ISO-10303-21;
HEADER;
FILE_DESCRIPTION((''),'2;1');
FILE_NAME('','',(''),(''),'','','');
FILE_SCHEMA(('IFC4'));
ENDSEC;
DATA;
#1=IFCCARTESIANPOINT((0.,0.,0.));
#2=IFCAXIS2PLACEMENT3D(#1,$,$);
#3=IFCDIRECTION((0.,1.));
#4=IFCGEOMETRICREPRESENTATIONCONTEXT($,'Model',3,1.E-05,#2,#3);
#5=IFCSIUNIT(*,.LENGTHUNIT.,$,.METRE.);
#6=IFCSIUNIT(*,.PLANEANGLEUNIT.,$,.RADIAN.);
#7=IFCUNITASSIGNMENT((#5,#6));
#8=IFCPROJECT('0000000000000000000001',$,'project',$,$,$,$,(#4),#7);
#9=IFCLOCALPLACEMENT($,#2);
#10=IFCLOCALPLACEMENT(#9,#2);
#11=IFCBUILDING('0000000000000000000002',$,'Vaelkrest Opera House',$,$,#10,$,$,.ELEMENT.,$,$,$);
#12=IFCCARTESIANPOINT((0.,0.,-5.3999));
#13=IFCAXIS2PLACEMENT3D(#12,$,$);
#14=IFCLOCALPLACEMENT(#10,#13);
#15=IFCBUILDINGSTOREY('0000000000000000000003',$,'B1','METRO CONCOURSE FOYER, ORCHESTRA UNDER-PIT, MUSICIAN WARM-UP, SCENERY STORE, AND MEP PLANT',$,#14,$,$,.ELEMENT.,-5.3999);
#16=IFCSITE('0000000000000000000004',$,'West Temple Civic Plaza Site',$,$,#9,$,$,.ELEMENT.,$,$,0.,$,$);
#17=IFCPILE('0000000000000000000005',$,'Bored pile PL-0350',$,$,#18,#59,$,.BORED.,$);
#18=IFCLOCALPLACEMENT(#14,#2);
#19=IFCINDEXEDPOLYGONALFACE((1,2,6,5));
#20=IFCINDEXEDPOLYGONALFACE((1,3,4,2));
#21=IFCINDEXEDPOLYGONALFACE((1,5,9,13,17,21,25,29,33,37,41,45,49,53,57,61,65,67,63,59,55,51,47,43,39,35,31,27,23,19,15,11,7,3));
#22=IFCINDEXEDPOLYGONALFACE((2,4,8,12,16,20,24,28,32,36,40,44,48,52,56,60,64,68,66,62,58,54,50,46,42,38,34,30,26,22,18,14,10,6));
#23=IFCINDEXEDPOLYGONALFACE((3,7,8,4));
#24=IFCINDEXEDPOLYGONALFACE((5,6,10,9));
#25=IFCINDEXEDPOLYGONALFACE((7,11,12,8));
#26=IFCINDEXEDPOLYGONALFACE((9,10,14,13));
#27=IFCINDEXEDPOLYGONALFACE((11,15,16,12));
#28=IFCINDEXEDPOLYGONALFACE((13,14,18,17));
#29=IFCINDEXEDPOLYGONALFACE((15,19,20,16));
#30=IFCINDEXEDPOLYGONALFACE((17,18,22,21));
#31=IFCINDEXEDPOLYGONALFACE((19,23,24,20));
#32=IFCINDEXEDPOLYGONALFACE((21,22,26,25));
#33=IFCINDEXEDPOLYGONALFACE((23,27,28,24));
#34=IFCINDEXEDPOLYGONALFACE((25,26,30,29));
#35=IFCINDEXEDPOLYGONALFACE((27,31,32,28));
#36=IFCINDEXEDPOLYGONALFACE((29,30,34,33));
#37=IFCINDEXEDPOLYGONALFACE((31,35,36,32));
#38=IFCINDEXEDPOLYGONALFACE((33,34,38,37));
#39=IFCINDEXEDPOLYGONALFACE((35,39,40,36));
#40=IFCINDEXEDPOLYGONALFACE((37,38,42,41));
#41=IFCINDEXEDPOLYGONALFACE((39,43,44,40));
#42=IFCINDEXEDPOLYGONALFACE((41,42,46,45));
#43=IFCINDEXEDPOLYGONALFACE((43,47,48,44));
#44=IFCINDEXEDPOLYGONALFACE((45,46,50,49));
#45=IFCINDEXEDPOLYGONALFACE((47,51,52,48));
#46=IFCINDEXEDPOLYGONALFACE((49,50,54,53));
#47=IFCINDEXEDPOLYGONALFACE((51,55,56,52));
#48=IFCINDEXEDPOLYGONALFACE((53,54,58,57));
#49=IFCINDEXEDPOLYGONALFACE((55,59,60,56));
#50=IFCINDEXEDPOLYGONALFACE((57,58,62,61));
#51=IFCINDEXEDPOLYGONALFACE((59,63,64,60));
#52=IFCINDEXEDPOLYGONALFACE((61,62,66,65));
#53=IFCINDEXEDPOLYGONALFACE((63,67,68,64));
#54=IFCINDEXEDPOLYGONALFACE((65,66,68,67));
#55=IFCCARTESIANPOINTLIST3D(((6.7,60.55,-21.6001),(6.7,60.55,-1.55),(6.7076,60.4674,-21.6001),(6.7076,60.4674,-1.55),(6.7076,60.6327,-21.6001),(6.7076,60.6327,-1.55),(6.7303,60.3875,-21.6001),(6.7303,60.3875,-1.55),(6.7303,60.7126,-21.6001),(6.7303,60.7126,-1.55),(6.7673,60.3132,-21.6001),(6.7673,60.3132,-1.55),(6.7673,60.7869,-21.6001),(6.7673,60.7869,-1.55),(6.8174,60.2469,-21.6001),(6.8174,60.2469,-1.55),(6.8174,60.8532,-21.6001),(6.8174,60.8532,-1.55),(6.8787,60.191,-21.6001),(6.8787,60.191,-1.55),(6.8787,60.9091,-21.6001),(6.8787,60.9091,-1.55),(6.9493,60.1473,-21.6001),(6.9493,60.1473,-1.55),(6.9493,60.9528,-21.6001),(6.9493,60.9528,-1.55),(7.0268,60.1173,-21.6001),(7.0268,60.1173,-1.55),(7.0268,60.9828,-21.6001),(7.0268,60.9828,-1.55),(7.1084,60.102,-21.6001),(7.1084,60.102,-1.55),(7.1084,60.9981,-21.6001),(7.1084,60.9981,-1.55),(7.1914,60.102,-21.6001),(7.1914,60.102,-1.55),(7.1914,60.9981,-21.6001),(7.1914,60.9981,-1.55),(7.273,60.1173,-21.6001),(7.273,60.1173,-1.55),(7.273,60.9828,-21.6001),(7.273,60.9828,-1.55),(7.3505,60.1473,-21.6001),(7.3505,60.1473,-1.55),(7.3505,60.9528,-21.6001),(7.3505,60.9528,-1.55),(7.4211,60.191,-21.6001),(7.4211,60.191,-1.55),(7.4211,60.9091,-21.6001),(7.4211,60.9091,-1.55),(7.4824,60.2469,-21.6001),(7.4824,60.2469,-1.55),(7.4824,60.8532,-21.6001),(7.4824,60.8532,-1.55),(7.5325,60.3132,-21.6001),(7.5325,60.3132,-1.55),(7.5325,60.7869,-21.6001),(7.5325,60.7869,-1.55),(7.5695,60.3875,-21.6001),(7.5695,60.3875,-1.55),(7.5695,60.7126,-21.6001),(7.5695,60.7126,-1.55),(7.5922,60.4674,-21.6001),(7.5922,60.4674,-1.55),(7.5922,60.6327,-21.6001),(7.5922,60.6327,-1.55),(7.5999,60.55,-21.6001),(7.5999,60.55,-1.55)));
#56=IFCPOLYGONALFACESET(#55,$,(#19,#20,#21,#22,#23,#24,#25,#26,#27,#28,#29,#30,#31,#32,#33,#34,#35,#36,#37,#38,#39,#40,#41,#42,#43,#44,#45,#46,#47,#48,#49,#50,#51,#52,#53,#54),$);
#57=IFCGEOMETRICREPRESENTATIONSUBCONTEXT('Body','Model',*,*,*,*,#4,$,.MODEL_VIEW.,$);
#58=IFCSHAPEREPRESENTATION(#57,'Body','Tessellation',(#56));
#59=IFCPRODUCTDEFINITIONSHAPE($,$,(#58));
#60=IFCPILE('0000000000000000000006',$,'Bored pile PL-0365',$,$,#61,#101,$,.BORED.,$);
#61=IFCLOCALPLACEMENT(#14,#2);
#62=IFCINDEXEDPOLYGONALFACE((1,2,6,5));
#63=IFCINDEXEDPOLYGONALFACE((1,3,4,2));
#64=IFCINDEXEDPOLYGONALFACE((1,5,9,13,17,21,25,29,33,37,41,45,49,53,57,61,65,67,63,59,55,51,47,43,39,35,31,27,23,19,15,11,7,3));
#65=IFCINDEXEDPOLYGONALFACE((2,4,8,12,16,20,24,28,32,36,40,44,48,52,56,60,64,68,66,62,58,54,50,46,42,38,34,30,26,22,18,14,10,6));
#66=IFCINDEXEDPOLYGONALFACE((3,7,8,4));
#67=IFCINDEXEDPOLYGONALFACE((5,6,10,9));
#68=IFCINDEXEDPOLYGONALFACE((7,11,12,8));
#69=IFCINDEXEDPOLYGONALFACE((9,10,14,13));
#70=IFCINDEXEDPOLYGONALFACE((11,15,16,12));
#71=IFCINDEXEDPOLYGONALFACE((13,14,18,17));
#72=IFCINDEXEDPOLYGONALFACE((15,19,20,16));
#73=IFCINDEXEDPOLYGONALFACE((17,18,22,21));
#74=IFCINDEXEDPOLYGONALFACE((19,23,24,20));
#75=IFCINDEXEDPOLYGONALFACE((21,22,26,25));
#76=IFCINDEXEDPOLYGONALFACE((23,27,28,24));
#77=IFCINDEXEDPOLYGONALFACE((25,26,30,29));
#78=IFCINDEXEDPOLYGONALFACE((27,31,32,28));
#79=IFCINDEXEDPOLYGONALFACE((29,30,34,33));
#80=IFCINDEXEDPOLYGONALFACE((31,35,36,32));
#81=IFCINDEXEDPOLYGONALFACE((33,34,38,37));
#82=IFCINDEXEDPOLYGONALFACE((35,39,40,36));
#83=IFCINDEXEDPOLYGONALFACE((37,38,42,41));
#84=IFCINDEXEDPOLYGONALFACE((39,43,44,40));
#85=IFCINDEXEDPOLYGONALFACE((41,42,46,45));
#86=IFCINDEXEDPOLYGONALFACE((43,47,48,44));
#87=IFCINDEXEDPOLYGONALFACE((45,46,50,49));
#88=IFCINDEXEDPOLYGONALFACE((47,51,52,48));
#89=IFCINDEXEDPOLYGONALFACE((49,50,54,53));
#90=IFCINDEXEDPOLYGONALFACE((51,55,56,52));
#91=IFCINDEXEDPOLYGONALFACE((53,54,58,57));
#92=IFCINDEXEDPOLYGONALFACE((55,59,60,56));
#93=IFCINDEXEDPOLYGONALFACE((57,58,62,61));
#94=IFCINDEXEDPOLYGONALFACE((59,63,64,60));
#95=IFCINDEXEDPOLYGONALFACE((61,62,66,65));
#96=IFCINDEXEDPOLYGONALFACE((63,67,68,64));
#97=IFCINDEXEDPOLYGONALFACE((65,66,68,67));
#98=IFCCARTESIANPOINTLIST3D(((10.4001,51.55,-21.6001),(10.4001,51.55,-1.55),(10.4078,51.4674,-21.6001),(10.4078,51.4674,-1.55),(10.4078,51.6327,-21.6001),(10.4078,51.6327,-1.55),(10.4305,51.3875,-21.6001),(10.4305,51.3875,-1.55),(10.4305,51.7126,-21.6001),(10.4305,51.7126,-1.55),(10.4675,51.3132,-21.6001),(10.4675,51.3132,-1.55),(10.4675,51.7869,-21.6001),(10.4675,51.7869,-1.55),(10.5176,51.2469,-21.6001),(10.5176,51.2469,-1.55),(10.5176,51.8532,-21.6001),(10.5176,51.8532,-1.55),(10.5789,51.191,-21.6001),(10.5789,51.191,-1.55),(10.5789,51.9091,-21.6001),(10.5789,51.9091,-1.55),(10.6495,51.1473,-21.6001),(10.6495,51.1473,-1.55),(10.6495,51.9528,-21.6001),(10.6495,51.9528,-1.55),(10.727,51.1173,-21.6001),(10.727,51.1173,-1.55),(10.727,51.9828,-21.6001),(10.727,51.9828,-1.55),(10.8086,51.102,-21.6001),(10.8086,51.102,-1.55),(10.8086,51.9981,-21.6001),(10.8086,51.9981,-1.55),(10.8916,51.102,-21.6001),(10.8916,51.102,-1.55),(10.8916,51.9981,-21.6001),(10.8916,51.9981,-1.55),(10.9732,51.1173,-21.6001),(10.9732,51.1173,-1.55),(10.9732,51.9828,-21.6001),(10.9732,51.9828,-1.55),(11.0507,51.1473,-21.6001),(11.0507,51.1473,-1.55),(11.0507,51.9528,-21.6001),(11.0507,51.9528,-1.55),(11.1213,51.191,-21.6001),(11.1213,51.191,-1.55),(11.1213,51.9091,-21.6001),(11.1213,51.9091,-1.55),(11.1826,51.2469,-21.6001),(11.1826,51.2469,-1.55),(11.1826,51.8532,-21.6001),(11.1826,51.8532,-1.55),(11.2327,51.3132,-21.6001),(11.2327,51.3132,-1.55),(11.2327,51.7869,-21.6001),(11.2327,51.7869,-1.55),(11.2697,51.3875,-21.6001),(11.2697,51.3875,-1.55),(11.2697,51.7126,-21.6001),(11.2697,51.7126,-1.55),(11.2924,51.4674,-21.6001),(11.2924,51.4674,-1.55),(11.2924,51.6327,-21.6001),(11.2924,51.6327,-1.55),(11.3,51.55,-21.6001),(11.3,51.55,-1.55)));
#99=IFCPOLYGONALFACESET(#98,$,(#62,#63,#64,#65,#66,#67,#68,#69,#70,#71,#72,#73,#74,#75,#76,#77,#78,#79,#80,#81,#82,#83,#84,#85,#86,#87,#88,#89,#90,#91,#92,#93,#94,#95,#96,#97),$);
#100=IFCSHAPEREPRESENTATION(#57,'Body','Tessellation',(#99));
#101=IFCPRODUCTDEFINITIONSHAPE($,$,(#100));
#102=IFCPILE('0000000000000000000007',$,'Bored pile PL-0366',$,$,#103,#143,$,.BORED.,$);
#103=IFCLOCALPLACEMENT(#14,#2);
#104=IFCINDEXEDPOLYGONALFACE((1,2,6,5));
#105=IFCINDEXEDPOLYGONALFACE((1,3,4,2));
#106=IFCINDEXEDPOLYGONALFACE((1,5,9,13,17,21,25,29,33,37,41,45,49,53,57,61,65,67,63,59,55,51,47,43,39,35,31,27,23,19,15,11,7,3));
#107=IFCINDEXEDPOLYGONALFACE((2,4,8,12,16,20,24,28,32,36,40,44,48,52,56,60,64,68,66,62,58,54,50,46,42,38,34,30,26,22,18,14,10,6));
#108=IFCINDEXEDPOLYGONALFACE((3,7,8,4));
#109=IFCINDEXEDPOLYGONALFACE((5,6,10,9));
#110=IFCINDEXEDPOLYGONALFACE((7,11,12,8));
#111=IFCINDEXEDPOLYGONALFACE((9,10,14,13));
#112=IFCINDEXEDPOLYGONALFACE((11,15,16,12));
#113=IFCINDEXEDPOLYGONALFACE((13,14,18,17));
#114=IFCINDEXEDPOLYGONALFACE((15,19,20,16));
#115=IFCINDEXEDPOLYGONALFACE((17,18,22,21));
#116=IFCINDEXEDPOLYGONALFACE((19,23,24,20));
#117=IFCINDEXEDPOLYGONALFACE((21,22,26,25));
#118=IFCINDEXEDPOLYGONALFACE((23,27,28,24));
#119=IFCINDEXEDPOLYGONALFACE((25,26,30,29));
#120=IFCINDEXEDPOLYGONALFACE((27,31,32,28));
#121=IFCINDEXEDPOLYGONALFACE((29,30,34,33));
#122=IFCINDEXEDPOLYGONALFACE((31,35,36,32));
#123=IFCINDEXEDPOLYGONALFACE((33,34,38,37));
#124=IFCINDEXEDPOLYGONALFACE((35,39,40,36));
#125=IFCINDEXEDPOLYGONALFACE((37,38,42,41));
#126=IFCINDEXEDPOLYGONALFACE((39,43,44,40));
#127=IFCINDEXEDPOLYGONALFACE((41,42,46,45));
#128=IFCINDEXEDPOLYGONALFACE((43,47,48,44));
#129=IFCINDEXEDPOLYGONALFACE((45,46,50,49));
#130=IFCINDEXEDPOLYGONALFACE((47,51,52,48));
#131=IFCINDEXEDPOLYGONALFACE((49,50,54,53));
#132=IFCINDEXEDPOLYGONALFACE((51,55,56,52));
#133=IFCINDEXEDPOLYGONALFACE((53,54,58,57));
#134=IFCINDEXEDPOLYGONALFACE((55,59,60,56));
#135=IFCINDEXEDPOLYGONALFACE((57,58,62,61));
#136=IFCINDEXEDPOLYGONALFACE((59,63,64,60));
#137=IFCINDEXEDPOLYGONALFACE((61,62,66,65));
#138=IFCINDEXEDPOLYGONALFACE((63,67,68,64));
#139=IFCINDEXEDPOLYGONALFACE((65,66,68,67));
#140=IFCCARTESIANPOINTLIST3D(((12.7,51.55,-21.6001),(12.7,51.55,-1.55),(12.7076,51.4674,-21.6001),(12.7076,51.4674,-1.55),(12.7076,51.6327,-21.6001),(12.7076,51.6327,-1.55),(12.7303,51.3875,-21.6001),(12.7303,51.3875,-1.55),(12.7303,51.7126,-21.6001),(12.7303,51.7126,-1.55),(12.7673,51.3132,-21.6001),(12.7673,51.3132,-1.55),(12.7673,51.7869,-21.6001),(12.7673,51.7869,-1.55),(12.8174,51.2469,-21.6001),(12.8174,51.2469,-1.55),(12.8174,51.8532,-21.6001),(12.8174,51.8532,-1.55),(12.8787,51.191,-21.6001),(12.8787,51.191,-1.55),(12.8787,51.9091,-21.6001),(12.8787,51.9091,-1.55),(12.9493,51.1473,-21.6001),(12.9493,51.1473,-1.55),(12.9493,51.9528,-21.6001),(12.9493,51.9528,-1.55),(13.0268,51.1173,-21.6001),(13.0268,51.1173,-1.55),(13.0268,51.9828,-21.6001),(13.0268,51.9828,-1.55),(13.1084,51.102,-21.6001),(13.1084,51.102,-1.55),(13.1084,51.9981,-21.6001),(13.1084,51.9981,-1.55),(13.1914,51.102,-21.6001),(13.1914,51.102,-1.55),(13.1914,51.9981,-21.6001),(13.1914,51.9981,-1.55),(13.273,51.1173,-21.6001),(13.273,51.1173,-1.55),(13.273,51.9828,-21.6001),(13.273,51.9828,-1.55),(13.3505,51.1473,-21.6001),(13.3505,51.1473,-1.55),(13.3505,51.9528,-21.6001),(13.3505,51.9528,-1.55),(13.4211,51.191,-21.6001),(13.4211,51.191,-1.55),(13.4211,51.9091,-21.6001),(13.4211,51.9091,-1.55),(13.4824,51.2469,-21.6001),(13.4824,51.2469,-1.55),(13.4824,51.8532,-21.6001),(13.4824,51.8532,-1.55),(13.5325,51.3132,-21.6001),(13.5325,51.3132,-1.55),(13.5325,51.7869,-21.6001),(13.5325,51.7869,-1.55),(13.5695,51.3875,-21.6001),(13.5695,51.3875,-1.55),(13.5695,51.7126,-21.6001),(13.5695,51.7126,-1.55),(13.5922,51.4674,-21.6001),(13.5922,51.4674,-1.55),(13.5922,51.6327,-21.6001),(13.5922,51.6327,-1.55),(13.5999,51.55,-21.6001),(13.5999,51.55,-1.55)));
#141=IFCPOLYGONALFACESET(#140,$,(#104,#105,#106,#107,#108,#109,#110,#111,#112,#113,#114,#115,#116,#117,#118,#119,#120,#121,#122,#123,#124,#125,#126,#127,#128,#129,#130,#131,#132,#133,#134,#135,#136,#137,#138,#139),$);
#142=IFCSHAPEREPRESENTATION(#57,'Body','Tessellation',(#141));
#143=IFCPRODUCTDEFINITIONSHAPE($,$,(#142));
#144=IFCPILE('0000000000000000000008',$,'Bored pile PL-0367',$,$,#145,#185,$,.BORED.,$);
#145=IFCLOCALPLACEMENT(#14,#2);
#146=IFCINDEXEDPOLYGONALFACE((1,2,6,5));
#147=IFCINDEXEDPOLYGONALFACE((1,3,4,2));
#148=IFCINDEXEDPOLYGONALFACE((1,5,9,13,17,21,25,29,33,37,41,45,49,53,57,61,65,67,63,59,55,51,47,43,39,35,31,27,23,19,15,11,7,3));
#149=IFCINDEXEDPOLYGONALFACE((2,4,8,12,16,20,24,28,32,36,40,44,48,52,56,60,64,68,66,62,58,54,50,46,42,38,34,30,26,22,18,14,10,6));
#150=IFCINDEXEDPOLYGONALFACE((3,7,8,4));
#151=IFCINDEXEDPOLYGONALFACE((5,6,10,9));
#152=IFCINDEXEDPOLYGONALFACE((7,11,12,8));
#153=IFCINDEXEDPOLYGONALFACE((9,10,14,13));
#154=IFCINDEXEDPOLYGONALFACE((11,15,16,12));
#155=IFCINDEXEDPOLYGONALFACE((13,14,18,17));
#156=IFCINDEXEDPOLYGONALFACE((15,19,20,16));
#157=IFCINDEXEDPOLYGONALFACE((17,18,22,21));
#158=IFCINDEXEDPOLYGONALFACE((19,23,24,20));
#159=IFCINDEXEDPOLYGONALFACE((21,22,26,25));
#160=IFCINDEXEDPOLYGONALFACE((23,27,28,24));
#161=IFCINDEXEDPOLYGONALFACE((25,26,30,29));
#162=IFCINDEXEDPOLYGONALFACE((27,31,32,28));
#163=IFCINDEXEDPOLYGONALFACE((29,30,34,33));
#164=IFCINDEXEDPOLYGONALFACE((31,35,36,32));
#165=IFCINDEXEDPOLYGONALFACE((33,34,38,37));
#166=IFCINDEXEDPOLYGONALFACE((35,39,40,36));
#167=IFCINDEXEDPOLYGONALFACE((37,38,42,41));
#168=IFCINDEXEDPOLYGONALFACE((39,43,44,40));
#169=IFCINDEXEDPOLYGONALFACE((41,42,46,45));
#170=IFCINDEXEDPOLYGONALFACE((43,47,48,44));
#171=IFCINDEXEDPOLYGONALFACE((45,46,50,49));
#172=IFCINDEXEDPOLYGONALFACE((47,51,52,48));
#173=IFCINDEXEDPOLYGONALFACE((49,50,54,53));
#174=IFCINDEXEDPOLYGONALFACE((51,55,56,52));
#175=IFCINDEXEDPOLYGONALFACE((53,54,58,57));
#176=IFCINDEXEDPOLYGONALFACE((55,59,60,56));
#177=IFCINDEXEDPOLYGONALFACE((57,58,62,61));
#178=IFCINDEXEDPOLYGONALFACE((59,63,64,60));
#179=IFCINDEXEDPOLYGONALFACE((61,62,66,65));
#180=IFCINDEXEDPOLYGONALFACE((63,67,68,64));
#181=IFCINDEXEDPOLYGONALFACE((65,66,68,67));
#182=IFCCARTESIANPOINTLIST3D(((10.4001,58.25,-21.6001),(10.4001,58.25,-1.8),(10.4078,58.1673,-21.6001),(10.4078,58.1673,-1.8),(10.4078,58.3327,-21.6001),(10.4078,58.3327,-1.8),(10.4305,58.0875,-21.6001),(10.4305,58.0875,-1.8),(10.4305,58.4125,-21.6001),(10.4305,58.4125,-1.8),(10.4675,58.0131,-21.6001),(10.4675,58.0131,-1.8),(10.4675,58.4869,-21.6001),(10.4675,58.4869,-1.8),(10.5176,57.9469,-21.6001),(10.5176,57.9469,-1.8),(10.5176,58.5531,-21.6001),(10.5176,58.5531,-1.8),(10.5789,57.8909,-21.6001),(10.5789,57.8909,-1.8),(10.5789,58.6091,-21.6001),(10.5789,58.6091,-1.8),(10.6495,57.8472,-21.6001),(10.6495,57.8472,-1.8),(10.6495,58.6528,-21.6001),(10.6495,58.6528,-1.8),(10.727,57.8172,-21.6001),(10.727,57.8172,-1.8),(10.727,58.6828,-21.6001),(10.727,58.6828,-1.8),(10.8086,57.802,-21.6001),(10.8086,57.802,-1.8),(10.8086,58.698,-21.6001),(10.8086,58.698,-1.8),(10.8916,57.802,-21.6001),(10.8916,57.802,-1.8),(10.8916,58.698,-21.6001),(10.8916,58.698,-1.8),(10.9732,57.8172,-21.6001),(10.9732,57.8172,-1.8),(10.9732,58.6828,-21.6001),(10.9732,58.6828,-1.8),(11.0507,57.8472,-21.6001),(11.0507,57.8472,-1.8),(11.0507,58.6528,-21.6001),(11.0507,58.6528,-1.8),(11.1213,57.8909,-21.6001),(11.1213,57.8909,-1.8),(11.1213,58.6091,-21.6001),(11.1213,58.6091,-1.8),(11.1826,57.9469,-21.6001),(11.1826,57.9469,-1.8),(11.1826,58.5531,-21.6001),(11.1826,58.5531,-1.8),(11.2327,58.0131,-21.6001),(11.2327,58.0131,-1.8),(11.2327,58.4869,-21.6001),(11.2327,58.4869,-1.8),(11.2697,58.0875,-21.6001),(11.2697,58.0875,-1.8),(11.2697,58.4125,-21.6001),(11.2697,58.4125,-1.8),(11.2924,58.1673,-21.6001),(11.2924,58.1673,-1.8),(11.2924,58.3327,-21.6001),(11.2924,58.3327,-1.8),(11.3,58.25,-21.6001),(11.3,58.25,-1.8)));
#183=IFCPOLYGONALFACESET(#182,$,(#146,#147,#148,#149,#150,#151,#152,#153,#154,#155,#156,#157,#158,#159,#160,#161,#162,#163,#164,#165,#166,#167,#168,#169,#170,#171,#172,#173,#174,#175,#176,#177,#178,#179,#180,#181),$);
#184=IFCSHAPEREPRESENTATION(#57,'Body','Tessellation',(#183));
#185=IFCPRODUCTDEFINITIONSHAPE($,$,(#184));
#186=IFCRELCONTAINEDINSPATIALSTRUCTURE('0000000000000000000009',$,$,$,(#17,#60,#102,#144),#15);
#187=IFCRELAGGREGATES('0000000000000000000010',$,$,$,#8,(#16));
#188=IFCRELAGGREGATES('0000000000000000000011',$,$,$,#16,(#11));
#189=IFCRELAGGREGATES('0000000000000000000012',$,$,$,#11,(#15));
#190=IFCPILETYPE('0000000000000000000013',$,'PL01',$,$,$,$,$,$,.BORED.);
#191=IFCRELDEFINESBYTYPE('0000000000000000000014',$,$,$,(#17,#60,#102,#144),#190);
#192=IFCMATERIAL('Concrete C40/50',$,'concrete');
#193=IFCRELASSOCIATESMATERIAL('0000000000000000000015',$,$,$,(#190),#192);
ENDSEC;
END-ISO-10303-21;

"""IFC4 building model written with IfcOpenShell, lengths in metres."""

from ifc_helpers import new_model, si_unit, direction, frame, origin, origin_2d, place, context, subcontext, project, spatial, circle, extrude, material, material_profile, profile_set, type_object, element, save


model = new_model("IFC4")

# Units and contexts
model_context = context("Model", 3, precision=1e-05, world=origin(), true_north=direction((0.0, 1.0)))
body_context = subcontext(model_context, "Body", "Model", "MODEL_VIEW")
ifc_project = project(units=[si_unit("LENGTHUNIT", "METRE"), si_unit("PLANEANGLEUNIT", "RADIAN")], contexts=[model_context])

# Site, building, storey
site_placement = place(None, origin())
site = spatial("IfcSite", under=ifc_project, at=site_placement, Name="West Temple Civic Plaza Site", CompositionType="ELEMENT", RefElevation=0.0)
building_placement = place(site_placement, origin())
building = spatial("IfcBuilding", under=site, at=building_placement, Name="Vaelkrest Opera House", CompositionType="ELEMENT")
storey_placement = place(building_placement, frame((0.0, 0.0, -5.3999)))
storey = spatial("IfcBuildingStorey", under=building, at=storey_placement, Name="B1", Description="METRO CONCOURSE FOYER, ORCHESTRA UNDER-PIT, MUSICIAN WARM-UP, SCENERY STORE, AND MEP PLANT", CompositionType="ELEMENT", Elevation=-5.3999)

# Shared definitions
ifc_material_1 = material(Name="Concrete C40/50", Category="concrete")

# Piles
ifc_material_profile_1 = material_profile(ifc_material_1, circle(Radius=0.45, at=origin_2d()), Name="PILE900")
ifc_profile_set_1 = profile_set([ifc_material_profile_1], Name="Concrete C40/50")
pile_type = type_object("IfcPileType", Name="PL01", PredefinedType="BORED", material=ifc_profile_set_1)
for number, where, z_axis, x_axis, name in (
    (1, (7.1499, 60.55, -1.55), (0.0, 0.0, -1.0), (1.0, 0.0, 0.0), "Bored pile PL-0350"),
    (2, (10.8501, 51.55, -1.55), (0.0, 0.0, -1.0), (1.0, 0.0, 0.0), "Bored pile PL-0365"),
    (3, (13.1499, 51.55, -1.55), (0.0, 0.0, -1.0), (1.0, 0.0, 0.0), "Bored pile PL-0366"),
):
    element("IfcPile", number, at=place(storey_placement, frame(where, z_axis=z_axis, x_axis=x_axis)), inside=storey, type_object=pile_type, Name=name, PredefinedType="BORED", context=body_context, shape_type="SweptSolid", body=[
        extrude(circle(Radius=0.45, at=origin_2d()), origin(), (0.0, 0.0, 1.0), 20.05),
    ])
for number, where, z_axis, x_axis, name in (
    (4, (10.8501, 58.25, -1.8), (0.0, 0.0, -1.0), (1.0, 0.0, 0.0), "Bored pile PL-0367"),
):
    element("IfcPile", number, at=place(storey_placement, frame(where, z_axis=z_axis, x_axis=x_axis)), inside=storey, type_object=pile_type, Name=name, PredefinedType="BORED", context=body_context, shape_type="SweptSolid", body=[
        extrude(circle(Radius=0.45, at=origin_2d()), origin(), (0.0, 0.0, 1.0), 19.8),
    ])

save(model, "model.ifc")
